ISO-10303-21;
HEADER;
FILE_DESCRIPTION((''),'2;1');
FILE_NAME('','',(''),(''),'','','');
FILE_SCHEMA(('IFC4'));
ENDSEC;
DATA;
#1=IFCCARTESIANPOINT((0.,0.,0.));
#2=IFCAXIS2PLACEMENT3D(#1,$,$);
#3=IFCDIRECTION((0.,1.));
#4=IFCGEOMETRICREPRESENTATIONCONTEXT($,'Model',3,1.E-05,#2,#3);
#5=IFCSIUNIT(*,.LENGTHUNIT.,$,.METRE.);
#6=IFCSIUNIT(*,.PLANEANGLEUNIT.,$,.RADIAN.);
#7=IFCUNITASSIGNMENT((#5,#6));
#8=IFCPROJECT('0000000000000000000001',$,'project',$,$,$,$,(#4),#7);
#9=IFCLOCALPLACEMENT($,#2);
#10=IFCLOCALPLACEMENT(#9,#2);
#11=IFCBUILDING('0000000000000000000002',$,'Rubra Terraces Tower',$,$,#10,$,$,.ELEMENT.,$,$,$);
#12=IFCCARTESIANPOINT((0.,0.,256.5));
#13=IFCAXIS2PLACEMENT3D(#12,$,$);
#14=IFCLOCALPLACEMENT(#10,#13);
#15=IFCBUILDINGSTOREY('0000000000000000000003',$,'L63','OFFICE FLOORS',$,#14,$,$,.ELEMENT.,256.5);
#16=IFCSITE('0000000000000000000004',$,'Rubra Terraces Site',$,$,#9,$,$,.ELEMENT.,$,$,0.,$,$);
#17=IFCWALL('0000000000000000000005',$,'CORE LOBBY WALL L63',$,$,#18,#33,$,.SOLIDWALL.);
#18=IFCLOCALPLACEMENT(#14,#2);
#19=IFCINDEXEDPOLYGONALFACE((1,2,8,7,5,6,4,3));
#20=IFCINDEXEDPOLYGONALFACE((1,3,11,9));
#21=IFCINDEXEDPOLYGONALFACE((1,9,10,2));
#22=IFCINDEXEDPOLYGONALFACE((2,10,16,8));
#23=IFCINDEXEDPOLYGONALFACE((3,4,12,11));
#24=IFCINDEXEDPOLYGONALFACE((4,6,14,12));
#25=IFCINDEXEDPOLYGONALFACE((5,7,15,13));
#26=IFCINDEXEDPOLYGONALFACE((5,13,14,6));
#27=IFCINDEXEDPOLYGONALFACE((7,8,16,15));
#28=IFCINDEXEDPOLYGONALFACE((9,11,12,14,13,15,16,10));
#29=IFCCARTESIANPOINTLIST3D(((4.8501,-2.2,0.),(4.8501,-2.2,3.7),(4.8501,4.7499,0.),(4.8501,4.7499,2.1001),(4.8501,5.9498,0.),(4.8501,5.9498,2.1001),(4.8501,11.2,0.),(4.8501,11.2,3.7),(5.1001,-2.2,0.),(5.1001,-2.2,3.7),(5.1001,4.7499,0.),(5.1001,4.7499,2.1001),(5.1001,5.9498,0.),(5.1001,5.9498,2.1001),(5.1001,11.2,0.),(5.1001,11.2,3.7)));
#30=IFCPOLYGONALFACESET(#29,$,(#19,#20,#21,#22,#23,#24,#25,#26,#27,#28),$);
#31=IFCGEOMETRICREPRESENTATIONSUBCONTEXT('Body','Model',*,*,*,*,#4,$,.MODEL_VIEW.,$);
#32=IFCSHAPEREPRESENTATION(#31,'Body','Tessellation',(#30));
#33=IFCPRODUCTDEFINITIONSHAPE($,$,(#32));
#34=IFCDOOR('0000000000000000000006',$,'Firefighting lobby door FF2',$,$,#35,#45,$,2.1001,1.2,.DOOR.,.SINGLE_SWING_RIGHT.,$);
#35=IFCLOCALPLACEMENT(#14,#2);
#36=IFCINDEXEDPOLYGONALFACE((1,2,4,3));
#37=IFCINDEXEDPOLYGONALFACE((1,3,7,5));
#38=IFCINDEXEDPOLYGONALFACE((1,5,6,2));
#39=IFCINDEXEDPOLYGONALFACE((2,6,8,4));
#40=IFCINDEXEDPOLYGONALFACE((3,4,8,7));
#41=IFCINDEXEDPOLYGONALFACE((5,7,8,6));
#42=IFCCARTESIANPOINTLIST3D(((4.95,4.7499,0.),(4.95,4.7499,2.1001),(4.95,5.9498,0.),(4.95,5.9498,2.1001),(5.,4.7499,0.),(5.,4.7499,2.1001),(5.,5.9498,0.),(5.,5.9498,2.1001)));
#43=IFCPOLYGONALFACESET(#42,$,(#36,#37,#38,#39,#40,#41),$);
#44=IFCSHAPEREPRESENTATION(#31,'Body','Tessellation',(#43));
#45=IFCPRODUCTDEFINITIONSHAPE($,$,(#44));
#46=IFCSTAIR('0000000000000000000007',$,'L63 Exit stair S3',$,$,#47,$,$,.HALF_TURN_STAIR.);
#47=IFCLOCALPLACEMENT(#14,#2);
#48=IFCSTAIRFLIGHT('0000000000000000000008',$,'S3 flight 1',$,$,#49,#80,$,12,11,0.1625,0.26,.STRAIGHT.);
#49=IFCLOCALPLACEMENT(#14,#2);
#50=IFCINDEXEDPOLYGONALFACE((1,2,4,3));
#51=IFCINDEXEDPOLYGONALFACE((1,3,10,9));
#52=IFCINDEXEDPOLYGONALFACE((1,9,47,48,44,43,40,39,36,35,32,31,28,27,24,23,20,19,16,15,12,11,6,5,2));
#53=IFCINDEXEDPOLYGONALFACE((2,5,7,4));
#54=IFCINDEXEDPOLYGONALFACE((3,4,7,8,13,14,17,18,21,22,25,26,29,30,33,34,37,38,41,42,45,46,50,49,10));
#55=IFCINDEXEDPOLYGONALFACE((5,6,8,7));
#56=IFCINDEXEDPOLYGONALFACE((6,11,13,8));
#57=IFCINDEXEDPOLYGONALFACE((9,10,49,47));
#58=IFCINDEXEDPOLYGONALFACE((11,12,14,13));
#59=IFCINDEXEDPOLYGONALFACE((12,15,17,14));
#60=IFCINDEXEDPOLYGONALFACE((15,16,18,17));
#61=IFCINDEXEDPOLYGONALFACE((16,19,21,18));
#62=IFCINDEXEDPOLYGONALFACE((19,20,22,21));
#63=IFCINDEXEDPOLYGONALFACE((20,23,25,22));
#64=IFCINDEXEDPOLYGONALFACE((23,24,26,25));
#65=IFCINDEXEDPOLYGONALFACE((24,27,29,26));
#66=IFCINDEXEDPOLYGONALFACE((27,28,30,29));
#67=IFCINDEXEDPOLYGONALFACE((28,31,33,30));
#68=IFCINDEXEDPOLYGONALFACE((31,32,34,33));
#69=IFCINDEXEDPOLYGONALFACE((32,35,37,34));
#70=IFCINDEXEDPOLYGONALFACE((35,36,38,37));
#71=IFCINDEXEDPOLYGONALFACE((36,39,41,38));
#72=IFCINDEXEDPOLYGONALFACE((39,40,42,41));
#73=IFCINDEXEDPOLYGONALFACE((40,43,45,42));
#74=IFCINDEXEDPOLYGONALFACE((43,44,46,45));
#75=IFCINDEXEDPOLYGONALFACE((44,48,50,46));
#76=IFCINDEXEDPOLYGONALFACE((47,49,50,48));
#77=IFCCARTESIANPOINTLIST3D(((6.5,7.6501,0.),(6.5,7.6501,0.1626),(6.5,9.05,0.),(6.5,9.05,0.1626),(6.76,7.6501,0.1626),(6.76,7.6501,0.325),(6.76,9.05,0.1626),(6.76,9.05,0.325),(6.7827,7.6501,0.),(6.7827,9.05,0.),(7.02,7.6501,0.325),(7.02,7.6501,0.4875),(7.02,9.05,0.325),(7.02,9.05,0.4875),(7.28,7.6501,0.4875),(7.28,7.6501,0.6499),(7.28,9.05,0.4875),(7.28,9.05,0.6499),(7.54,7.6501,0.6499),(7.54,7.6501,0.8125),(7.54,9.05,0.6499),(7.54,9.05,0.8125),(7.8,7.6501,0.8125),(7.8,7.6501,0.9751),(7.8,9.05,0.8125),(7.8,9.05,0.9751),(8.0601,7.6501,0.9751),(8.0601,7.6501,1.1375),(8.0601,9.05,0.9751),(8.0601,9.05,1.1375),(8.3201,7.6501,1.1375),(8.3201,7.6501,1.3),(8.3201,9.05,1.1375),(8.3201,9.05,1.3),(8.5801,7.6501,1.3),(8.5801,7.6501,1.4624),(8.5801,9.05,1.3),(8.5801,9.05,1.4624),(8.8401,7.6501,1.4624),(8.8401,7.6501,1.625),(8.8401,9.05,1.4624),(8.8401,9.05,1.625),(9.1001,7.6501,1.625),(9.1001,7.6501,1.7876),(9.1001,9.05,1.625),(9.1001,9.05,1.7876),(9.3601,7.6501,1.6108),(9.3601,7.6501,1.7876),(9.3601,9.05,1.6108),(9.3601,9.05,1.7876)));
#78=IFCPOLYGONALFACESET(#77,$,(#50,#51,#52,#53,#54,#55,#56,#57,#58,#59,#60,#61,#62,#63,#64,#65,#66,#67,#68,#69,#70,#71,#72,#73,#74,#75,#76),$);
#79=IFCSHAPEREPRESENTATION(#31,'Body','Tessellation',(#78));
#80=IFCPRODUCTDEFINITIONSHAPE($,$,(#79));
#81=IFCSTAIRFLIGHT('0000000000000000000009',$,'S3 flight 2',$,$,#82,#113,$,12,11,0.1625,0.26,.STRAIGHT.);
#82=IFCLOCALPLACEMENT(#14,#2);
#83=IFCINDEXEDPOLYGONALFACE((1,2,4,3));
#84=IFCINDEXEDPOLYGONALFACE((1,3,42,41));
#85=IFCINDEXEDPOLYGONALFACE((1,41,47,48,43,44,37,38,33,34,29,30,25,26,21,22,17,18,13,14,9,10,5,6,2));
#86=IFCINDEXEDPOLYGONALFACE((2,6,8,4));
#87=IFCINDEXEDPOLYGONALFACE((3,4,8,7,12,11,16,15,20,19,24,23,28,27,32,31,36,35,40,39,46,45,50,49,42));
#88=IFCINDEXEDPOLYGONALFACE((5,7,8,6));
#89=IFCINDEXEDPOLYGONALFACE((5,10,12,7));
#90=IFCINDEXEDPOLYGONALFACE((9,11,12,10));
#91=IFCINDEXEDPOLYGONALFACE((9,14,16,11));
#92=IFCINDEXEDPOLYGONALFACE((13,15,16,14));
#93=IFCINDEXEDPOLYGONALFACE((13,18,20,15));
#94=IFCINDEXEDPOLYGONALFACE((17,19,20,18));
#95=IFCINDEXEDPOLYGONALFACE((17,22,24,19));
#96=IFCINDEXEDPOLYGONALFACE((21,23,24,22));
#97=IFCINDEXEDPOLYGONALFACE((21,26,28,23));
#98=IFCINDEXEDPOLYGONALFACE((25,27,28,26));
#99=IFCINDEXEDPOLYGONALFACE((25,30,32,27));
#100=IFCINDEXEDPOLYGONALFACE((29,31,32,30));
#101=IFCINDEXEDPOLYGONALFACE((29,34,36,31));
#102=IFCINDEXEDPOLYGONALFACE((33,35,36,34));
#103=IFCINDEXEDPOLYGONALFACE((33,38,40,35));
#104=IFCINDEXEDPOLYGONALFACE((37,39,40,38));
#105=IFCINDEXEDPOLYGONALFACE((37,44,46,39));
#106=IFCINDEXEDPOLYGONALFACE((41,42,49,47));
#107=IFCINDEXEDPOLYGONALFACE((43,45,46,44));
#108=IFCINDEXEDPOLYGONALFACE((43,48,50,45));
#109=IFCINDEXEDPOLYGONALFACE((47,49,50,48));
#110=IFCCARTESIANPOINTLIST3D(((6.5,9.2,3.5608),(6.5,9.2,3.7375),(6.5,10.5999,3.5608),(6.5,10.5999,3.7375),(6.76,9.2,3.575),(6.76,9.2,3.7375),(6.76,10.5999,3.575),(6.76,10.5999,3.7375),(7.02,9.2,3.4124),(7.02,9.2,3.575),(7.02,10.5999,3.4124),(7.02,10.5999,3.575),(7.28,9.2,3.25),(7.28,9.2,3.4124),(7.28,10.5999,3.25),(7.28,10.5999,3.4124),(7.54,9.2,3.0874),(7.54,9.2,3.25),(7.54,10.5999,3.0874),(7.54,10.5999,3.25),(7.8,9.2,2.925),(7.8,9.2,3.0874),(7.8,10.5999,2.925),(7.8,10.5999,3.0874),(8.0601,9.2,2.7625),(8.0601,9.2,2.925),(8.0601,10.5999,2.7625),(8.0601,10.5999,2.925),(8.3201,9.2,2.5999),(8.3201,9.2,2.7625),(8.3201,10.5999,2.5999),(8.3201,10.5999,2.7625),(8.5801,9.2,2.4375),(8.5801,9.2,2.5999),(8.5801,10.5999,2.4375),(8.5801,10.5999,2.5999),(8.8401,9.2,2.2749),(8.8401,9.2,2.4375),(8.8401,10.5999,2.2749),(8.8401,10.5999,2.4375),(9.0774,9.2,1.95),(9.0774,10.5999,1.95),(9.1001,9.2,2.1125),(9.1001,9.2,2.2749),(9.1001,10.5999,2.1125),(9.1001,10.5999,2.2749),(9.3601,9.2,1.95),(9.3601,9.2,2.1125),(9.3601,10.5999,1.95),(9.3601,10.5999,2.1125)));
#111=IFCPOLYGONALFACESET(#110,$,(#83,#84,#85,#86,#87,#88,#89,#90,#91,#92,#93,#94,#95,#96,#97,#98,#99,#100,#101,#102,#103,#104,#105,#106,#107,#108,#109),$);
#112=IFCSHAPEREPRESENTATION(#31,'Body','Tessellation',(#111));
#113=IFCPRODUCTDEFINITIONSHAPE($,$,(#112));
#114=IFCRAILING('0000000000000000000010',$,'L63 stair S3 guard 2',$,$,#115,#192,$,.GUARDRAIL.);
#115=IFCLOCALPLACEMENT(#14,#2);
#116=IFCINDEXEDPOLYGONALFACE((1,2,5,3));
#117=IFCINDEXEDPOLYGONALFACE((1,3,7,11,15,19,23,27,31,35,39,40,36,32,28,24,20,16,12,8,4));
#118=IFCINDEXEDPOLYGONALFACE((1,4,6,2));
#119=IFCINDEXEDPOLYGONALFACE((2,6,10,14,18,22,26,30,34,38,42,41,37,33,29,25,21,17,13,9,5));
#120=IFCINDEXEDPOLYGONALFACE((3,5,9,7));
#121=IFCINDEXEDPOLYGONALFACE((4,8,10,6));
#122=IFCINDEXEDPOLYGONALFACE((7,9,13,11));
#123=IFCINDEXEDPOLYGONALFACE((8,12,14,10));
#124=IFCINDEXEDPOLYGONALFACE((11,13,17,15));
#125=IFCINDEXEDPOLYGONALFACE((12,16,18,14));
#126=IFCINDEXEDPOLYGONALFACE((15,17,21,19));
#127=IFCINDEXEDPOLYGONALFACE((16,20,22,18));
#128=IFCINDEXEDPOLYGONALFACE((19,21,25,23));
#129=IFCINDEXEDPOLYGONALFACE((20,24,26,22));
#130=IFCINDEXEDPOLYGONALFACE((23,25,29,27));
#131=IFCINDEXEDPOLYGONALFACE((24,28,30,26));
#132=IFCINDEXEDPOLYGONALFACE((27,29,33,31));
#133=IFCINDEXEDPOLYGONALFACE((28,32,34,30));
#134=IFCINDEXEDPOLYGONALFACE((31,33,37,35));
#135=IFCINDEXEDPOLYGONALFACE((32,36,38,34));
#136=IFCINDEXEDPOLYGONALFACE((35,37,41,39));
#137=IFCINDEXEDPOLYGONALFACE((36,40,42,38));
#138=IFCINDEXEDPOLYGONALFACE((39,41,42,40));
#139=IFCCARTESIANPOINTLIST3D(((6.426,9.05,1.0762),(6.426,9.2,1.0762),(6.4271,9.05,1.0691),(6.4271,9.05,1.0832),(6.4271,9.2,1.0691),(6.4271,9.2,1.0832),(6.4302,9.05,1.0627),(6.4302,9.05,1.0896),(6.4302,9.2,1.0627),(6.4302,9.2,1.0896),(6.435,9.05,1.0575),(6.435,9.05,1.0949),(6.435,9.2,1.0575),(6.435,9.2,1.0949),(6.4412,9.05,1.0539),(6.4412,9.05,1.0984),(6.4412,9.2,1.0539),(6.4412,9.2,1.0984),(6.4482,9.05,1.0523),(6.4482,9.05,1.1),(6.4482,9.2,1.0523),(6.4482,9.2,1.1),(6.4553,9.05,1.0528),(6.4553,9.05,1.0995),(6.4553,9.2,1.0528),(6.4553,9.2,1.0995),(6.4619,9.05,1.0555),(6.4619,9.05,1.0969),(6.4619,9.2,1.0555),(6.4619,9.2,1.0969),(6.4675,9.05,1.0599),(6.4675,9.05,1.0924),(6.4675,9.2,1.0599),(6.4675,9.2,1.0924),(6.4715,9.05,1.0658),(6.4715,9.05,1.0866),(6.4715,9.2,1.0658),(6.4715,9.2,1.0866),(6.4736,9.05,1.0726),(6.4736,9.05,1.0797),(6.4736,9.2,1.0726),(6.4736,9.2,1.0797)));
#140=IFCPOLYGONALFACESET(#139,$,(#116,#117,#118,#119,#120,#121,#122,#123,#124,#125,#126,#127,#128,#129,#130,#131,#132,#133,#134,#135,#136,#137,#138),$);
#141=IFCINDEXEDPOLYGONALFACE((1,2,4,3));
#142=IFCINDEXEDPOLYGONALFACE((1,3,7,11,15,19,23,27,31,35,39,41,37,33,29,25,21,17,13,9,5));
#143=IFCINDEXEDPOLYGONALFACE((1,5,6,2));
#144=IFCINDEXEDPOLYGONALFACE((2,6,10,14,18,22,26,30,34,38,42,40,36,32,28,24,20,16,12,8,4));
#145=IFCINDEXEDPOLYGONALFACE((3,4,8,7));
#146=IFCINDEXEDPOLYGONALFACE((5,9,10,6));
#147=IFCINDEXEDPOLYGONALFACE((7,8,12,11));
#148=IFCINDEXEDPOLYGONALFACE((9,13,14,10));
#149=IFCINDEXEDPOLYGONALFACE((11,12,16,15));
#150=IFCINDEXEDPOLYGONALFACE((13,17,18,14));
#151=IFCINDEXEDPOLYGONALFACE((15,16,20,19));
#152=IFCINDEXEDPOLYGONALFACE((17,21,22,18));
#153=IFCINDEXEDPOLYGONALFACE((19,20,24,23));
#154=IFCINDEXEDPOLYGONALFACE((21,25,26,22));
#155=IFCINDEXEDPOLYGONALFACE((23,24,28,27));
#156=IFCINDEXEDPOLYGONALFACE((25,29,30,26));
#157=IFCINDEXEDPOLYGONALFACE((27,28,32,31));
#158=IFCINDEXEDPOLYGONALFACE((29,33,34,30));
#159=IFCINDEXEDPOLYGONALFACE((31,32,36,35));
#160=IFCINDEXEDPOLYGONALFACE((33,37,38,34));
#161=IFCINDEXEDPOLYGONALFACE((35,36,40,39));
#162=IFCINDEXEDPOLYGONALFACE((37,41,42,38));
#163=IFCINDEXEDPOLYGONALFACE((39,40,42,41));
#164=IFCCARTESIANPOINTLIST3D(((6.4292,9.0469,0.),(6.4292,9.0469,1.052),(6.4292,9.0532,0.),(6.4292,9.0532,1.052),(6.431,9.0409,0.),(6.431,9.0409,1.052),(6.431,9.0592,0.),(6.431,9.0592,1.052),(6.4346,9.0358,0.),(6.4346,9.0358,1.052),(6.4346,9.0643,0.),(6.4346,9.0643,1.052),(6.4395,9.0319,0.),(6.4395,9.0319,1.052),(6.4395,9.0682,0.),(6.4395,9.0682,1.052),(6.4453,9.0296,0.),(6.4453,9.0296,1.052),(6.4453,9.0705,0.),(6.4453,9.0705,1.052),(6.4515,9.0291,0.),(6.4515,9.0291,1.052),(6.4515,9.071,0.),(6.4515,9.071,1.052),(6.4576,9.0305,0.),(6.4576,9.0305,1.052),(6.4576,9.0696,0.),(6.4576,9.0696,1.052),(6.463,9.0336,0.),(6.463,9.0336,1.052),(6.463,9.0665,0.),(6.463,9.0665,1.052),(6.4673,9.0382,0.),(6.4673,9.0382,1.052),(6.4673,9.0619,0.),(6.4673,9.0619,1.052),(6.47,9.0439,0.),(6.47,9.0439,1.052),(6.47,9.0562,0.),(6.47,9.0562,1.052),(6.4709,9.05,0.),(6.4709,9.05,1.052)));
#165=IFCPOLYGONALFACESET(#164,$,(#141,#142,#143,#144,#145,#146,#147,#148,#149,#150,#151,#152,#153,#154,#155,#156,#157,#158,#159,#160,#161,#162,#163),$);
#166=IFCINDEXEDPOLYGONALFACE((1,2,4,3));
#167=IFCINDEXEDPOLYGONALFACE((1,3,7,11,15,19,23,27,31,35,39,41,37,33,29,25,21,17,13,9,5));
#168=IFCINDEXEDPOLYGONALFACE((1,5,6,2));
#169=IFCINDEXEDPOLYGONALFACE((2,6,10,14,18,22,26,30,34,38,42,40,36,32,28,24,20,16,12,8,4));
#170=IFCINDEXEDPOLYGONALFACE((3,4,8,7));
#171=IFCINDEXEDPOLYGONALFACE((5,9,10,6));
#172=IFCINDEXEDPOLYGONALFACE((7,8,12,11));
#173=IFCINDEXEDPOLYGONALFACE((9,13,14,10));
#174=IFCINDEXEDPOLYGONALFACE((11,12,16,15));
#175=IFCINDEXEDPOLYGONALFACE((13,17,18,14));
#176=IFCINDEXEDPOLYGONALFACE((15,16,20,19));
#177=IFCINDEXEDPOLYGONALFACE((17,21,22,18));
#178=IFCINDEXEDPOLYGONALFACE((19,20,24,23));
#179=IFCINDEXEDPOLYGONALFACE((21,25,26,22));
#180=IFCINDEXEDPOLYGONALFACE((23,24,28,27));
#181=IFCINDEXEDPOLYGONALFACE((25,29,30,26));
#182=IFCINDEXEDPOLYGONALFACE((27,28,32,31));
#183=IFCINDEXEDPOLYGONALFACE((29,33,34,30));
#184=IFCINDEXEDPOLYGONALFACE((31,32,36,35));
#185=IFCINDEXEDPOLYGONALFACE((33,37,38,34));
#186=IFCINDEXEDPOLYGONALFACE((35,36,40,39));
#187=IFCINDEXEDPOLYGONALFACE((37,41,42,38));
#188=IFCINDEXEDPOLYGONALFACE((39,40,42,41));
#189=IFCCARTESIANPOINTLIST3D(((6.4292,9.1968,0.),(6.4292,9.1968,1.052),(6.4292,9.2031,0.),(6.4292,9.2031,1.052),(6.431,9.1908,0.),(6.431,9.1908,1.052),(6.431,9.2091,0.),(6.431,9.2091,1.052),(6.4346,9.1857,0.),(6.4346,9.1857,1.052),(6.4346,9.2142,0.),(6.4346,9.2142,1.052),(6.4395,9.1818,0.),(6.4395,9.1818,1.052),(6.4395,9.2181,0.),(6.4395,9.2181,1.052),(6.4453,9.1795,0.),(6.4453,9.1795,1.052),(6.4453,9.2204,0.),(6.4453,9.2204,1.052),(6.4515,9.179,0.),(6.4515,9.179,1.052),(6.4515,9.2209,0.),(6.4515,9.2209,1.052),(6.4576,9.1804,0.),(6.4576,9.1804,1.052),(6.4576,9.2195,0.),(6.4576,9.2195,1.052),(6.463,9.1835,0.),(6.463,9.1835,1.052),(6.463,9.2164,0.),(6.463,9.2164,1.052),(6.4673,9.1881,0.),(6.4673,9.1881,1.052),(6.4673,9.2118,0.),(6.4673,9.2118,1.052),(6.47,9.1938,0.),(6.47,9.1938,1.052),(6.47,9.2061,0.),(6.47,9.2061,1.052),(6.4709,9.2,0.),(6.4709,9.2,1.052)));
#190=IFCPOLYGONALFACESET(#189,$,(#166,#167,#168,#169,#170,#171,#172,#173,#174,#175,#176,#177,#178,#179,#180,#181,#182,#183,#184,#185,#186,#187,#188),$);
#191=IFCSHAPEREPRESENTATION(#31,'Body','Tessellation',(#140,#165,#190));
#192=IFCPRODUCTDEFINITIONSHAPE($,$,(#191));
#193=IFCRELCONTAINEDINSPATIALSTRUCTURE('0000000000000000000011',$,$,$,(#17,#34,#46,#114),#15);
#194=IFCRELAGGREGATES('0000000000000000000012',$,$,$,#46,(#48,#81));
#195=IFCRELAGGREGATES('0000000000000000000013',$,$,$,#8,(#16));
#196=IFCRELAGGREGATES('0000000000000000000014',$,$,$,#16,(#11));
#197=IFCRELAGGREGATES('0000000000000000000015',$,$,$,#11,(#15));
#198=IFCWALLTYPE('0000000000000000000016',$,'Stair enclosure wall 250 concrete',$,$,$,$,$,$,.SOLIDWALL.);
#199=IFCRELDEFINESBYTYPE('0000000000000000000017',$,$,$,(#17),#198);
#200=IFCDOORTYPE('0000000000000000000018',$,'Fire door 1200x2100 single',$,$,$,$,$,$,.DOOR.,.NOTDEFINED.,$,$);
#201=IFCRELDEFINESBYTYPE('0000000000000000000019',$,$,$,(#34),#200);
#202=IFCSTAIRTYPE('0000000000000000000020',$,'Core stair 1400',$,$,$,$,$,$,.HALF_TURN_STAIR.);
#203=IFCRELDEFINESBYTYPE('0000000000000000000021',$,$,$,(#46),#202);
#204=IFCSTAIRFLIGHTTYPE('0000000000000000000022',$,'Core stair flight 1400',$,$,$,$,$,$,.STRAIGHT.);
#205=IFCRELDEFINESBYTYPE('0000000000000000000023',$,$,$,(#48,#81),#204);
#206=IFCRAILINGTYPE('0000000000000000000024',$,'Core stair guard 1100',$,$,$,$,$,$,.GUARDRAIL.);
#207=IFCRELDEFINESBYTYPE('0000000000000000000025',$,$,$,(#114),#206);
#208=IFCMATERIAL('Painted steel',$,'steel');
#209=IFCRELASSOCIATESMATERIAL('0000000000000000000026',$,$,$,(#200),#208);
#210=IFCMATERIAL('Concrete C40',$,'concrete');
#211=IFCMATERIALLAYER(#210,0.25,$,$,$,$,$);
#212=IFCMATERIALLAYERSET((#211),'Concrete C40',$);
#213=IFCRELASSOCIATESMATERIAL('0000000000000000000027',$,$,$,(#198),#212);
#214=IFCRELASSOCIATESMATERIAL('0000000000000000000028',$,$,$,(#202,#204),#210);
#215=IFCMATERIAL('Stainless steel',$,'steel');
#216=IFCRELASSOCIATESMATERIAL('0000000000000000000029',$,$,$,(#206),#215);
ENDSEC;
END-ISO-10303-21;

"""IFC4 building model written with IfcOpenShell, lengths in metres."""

from ifc_helpers import new_model, si_unit, direction, frame, frame_2d, origin, origin_2d, place, context, subcontext, project, spatial, polyline, rectangle, circle, outline, extrude, material, layer, layer_set, type_object, element, fill, aggregate, save


model = new_model("IFC4")

# Units and contexts
model_context = context("Model", 3, precision=1e-05, world=origin(), true_north=direction((0.0, 1.0)))
body_context = subcontext(model_context, "Body", "Model", "MODEL_VIEW")
ifc_project = project(units=[si_unit("LENGTHUNIT", "METRE"), si_unit("PLANEANGLEUNIT", "RADIAN")], contexts=[model_context])

# Site, building, storey
site_placement = place(None, origin())
site = spatial("IfcSite", under=ifc_project, at=site_placement, Name="Rubra Terraces Site", CompositionType="ELEMENT", RefElevation=0.0)
building_placement = place(site_placement, origin())
building = spatial("IfcBuilding", under=site, at=building_placement, Name="Rubra Terraces Tower", CompositionType="ELEMENT")
storey_placement = place(building_placement, frame((0.0, 0.0, 256.5)))
storey = spatial("IfcBuildingStorey", under=building, at=storey_placement, Name="L63", Description="OFFICE FLOORS", CompositionType="ELEMENT", Elevation=256.5)

# Shared definitions
ifc_material_1 = material(Name="Concrete C40", Category="concrete")

# Shared definitions
ifc_material_2 = material(Name="Painted steel", Category="steel")
door_type_1 = type_object("IfcDoorType", Name="Fire door 1200x2100 single", OperationType="NOTDEFINED", PredefinedType="DOOR", material=ifc_material_2)
ifc_material_3 = material(Name="Stainless steel", Category="steel")

# Wall, opening, door
ifc_layer_1 = layer(ifc_material_1, 0.25)
ifc_layer_set_1 = layer_set([ifc_layer_1], Name="Concrete C40")
wall_type_1 = type_object("IfcWallType", Name="Stair enclosure wall 250 concrete", PredefinedType="SOLIDWALL", material=ifc_layer_set_1)
wall_1_placement = place(storey_placement, frame((4.9751, 11.2, 0.0), z_axis=(0.0, 0.0, 1.0), x_axis=(0.0, -1.0, 0.0)))
wall_1 = element("IfcWall", 1, at=wall_1_placement, inside=storey, type_object=wall_type_1, Name="CORE LOBBY WALL L63", PredefinedType="SOLIDWALL", context=body_context, shape_type="SweptSolid", body=[
    extrude(rectangle(XDim=13.3999, YDim=0.25, at=frame_2d((6.7, 0.0))), origin(), (0.0, 0.0, 1.0), 3.7),
])
opening_1_placement = place(wall_1_placement, frame((5.25, 0.0, 0.0)))
opening_1 = element("IfcOpeningElement", 2, at=opening_1_placement, cuts=wall_1, PredefinedType="OPENING", context=body_context, shape_type="SweptSolid", body=[
    extrude(rectangle(XDim=1.2, YDim=2.1001, at=frame_2d((0.6001, 1.05))), frame((0.0, 0.135, 0.0), z_axis=(0.0, -1.0, 0.0), x_axis=(1.0, 0.0, 0.0)), (0.0, 0.0, 1.0), 0.27),
])
door_1_placement = place(opening_1_placement, origin())
door_1 = element("IfcDoor", 3, at=door_1_placement, inside=storey, type_object=door_type_1, Name="Firefighting lobby door FF2", OperationType="SINGLE_SWING_RIGHT", OverallHeight=2.1001, OverallWidth=1.2, PredefinedType="DOOR", context=body_context, shape_type="SweptSolid", body=[
    extrude(rectangle(XDim=1.2, YDim=2.1001, at=frame_2d((0.6001, 1.05))), frame((0.0, 0.0249, 0.0), z_axis=(0.0, -1.0, 0.0), x_axis=(1.0, 0.0, 0.0)), (0.0, 0.0, 1.0), 0.05),
])
fill(opening_1, door_1)

# Stair, stair flights
stair_type = type_object("IfcStairType", Name="Core stair 1400", PredefinedType="HALF_TURN_STAIR", material=ifc_material_1)
stair_placement = place(storey_placement, origin())
stair = element("IfcStair", 4, at=stair_placement, inside=storey, type_object=stair_type, Name="L63 Exit stair S3", PredefinedType="HALF_TURN_STAIR")
stair_flight_type = type_object("IfcStairFlightType", Name="Core stair flight 1400", PredefinedType="STRAIGHT", material=ifc_material_1)
stair_flight_1_placement = place(storey_placement, frame((6.5, 8.3501, 0.0), z_axis=(0.0, 0.0, 1.0), x_axis=(1.0, 0.0, 0.0)))
stair_flight_1 = element("IfcStairFlight", 5, at=stair_flight_1_placement, type_object=stair_flight_type, Name="S3 flight 1", NumberOfRisers=12, NumberOfTreads=11, PredefinedType="STRAIGHT", RiserHeight=0.1625, TreadLength=0.26, context=body_context, shape_type="SweptSolid", body=[
    extrude(outline(polyline([(0.0, 0.0), (0.0, 0.1626), (0.26, 0.1626), (0.26, 0.325), (0.52, 0.325), (0.52, 0.4875), (0.78, 0.4875), (0.78, 0.6499), (1.04, 0.6499), (1.04, 0.8125), (1.3, 0.8125), (1.3, 0.9751), (1.5601, 0.9751), (1.5601, 1.1375), (1.8201, 1.1375), (1.8201, 1.3), (2.0801, 1.3), (2.0801, 1.4624), (2.3401, 1.4624), (2.3401, 1.625), (2.6001, 1.625), (2.6001, 1.7876), (2.8601, 1.7876), (2.8601, 1.95), (2.8601, 1.6108), (0.2827, 0.0), (0.0, 0.0)])), frame((0.0, 0.7, 0.0), z_axis=(0.0, -1.0, 0.0), x_axis=(1.0, 0.0, 0.0)), (0.0, 0.0, 1.0), 1.3999),
])
stair_flight_2_placement = place(storey_placement, frame((9.3601, 9.8999, 1.95), z_axis=(0.0, 0.0, 1.0), x_axis=(-1.0, 0.0, 0.0)))
stair_flight_2 = element("IfcStairFlight", 6, at=stair_flight_2_placement, type_object=stair_flight_type, Name="S3 flight 2", NumberOfRisers=12, NumberOfTreads=11, PredefinedType="STRAIGHT", RiserHeight=0.1625, TreadLength=0.26, context=body_context, shape_type="SweptSolid", body=[
    extrude(outline(polyline([(0.0, 0.0), (0.0, 0.1626), (0.26, 0.1626), (0.26, 0.325), (0.52, 0.325), (0.52, 0.4875), (0.78, 0.4875), (0.78, 0.6499), (1.04, 0.6499), (1.04, 0.8125), (1.3, 0.8125), (1.3, 0.9751), (1.5601, 0.9751), (1.5601, 1.1375), (1.8201, 1.1375), (1.8201, 1.3), (2.0801, 1.3), (2.0801, 1.4624), (2.3401, 1.4624), (2.3401, 1.625), (2.6001, 1.625), (2.6001, 1.7876), (2.8601, 1.7876), (2.8601, 1.95), (2.8601, 1.6108), (0.2827, 0.0), (0.0, 0.0)])), frame((0.0, 0.7, 0.0), z_axis=(0.0, -1.0, 0.0), x_axis=(1.0, 0.0, 0.0)), (0.0, 0.0, 1.0), 1.3999),
])
aggregate(stair, [stair_flight_1, stair_flight_2])

# Railing
railing_type_1 = type_object("IfcRailingType", Name="Core stair guard 1100", PredefinedType="GUARDRAIL", material=ifc_material_3)
railing_1_placement = place(storey_placement, frame((6.45, 9.05, 0.0)))
element("IfcRailing", 7, at=railing_1_placement, inside=storey, type_object=railing_type_1, Name="L63 stair S3 guard 2", PredefinedType="GUARDRAIL", context=body_context, shape_type="SweptSolid", body=[
    extrude(circle(Radius=0.0239, at=origin_2d()), frame((0.0, 0.0, 1.0762), z_axis=(0.0, 1.0, 0.0), x_axis=(-1.0, 0.0, 0.0)), (0.0, 0.0, 1.0), 0.1499),
    extrude(circle(Radius=0.021, at=origin_2d()), origin(), (0.0, 0.0, 1.0), 1.052),
    extrude(circle(Radius=0.021, at=origin_2d()), frame((0.0, 0.1499, 0.0)), (0.0, 0.0, 1.0), 1.052),
])

save(model, "model.ifc")
